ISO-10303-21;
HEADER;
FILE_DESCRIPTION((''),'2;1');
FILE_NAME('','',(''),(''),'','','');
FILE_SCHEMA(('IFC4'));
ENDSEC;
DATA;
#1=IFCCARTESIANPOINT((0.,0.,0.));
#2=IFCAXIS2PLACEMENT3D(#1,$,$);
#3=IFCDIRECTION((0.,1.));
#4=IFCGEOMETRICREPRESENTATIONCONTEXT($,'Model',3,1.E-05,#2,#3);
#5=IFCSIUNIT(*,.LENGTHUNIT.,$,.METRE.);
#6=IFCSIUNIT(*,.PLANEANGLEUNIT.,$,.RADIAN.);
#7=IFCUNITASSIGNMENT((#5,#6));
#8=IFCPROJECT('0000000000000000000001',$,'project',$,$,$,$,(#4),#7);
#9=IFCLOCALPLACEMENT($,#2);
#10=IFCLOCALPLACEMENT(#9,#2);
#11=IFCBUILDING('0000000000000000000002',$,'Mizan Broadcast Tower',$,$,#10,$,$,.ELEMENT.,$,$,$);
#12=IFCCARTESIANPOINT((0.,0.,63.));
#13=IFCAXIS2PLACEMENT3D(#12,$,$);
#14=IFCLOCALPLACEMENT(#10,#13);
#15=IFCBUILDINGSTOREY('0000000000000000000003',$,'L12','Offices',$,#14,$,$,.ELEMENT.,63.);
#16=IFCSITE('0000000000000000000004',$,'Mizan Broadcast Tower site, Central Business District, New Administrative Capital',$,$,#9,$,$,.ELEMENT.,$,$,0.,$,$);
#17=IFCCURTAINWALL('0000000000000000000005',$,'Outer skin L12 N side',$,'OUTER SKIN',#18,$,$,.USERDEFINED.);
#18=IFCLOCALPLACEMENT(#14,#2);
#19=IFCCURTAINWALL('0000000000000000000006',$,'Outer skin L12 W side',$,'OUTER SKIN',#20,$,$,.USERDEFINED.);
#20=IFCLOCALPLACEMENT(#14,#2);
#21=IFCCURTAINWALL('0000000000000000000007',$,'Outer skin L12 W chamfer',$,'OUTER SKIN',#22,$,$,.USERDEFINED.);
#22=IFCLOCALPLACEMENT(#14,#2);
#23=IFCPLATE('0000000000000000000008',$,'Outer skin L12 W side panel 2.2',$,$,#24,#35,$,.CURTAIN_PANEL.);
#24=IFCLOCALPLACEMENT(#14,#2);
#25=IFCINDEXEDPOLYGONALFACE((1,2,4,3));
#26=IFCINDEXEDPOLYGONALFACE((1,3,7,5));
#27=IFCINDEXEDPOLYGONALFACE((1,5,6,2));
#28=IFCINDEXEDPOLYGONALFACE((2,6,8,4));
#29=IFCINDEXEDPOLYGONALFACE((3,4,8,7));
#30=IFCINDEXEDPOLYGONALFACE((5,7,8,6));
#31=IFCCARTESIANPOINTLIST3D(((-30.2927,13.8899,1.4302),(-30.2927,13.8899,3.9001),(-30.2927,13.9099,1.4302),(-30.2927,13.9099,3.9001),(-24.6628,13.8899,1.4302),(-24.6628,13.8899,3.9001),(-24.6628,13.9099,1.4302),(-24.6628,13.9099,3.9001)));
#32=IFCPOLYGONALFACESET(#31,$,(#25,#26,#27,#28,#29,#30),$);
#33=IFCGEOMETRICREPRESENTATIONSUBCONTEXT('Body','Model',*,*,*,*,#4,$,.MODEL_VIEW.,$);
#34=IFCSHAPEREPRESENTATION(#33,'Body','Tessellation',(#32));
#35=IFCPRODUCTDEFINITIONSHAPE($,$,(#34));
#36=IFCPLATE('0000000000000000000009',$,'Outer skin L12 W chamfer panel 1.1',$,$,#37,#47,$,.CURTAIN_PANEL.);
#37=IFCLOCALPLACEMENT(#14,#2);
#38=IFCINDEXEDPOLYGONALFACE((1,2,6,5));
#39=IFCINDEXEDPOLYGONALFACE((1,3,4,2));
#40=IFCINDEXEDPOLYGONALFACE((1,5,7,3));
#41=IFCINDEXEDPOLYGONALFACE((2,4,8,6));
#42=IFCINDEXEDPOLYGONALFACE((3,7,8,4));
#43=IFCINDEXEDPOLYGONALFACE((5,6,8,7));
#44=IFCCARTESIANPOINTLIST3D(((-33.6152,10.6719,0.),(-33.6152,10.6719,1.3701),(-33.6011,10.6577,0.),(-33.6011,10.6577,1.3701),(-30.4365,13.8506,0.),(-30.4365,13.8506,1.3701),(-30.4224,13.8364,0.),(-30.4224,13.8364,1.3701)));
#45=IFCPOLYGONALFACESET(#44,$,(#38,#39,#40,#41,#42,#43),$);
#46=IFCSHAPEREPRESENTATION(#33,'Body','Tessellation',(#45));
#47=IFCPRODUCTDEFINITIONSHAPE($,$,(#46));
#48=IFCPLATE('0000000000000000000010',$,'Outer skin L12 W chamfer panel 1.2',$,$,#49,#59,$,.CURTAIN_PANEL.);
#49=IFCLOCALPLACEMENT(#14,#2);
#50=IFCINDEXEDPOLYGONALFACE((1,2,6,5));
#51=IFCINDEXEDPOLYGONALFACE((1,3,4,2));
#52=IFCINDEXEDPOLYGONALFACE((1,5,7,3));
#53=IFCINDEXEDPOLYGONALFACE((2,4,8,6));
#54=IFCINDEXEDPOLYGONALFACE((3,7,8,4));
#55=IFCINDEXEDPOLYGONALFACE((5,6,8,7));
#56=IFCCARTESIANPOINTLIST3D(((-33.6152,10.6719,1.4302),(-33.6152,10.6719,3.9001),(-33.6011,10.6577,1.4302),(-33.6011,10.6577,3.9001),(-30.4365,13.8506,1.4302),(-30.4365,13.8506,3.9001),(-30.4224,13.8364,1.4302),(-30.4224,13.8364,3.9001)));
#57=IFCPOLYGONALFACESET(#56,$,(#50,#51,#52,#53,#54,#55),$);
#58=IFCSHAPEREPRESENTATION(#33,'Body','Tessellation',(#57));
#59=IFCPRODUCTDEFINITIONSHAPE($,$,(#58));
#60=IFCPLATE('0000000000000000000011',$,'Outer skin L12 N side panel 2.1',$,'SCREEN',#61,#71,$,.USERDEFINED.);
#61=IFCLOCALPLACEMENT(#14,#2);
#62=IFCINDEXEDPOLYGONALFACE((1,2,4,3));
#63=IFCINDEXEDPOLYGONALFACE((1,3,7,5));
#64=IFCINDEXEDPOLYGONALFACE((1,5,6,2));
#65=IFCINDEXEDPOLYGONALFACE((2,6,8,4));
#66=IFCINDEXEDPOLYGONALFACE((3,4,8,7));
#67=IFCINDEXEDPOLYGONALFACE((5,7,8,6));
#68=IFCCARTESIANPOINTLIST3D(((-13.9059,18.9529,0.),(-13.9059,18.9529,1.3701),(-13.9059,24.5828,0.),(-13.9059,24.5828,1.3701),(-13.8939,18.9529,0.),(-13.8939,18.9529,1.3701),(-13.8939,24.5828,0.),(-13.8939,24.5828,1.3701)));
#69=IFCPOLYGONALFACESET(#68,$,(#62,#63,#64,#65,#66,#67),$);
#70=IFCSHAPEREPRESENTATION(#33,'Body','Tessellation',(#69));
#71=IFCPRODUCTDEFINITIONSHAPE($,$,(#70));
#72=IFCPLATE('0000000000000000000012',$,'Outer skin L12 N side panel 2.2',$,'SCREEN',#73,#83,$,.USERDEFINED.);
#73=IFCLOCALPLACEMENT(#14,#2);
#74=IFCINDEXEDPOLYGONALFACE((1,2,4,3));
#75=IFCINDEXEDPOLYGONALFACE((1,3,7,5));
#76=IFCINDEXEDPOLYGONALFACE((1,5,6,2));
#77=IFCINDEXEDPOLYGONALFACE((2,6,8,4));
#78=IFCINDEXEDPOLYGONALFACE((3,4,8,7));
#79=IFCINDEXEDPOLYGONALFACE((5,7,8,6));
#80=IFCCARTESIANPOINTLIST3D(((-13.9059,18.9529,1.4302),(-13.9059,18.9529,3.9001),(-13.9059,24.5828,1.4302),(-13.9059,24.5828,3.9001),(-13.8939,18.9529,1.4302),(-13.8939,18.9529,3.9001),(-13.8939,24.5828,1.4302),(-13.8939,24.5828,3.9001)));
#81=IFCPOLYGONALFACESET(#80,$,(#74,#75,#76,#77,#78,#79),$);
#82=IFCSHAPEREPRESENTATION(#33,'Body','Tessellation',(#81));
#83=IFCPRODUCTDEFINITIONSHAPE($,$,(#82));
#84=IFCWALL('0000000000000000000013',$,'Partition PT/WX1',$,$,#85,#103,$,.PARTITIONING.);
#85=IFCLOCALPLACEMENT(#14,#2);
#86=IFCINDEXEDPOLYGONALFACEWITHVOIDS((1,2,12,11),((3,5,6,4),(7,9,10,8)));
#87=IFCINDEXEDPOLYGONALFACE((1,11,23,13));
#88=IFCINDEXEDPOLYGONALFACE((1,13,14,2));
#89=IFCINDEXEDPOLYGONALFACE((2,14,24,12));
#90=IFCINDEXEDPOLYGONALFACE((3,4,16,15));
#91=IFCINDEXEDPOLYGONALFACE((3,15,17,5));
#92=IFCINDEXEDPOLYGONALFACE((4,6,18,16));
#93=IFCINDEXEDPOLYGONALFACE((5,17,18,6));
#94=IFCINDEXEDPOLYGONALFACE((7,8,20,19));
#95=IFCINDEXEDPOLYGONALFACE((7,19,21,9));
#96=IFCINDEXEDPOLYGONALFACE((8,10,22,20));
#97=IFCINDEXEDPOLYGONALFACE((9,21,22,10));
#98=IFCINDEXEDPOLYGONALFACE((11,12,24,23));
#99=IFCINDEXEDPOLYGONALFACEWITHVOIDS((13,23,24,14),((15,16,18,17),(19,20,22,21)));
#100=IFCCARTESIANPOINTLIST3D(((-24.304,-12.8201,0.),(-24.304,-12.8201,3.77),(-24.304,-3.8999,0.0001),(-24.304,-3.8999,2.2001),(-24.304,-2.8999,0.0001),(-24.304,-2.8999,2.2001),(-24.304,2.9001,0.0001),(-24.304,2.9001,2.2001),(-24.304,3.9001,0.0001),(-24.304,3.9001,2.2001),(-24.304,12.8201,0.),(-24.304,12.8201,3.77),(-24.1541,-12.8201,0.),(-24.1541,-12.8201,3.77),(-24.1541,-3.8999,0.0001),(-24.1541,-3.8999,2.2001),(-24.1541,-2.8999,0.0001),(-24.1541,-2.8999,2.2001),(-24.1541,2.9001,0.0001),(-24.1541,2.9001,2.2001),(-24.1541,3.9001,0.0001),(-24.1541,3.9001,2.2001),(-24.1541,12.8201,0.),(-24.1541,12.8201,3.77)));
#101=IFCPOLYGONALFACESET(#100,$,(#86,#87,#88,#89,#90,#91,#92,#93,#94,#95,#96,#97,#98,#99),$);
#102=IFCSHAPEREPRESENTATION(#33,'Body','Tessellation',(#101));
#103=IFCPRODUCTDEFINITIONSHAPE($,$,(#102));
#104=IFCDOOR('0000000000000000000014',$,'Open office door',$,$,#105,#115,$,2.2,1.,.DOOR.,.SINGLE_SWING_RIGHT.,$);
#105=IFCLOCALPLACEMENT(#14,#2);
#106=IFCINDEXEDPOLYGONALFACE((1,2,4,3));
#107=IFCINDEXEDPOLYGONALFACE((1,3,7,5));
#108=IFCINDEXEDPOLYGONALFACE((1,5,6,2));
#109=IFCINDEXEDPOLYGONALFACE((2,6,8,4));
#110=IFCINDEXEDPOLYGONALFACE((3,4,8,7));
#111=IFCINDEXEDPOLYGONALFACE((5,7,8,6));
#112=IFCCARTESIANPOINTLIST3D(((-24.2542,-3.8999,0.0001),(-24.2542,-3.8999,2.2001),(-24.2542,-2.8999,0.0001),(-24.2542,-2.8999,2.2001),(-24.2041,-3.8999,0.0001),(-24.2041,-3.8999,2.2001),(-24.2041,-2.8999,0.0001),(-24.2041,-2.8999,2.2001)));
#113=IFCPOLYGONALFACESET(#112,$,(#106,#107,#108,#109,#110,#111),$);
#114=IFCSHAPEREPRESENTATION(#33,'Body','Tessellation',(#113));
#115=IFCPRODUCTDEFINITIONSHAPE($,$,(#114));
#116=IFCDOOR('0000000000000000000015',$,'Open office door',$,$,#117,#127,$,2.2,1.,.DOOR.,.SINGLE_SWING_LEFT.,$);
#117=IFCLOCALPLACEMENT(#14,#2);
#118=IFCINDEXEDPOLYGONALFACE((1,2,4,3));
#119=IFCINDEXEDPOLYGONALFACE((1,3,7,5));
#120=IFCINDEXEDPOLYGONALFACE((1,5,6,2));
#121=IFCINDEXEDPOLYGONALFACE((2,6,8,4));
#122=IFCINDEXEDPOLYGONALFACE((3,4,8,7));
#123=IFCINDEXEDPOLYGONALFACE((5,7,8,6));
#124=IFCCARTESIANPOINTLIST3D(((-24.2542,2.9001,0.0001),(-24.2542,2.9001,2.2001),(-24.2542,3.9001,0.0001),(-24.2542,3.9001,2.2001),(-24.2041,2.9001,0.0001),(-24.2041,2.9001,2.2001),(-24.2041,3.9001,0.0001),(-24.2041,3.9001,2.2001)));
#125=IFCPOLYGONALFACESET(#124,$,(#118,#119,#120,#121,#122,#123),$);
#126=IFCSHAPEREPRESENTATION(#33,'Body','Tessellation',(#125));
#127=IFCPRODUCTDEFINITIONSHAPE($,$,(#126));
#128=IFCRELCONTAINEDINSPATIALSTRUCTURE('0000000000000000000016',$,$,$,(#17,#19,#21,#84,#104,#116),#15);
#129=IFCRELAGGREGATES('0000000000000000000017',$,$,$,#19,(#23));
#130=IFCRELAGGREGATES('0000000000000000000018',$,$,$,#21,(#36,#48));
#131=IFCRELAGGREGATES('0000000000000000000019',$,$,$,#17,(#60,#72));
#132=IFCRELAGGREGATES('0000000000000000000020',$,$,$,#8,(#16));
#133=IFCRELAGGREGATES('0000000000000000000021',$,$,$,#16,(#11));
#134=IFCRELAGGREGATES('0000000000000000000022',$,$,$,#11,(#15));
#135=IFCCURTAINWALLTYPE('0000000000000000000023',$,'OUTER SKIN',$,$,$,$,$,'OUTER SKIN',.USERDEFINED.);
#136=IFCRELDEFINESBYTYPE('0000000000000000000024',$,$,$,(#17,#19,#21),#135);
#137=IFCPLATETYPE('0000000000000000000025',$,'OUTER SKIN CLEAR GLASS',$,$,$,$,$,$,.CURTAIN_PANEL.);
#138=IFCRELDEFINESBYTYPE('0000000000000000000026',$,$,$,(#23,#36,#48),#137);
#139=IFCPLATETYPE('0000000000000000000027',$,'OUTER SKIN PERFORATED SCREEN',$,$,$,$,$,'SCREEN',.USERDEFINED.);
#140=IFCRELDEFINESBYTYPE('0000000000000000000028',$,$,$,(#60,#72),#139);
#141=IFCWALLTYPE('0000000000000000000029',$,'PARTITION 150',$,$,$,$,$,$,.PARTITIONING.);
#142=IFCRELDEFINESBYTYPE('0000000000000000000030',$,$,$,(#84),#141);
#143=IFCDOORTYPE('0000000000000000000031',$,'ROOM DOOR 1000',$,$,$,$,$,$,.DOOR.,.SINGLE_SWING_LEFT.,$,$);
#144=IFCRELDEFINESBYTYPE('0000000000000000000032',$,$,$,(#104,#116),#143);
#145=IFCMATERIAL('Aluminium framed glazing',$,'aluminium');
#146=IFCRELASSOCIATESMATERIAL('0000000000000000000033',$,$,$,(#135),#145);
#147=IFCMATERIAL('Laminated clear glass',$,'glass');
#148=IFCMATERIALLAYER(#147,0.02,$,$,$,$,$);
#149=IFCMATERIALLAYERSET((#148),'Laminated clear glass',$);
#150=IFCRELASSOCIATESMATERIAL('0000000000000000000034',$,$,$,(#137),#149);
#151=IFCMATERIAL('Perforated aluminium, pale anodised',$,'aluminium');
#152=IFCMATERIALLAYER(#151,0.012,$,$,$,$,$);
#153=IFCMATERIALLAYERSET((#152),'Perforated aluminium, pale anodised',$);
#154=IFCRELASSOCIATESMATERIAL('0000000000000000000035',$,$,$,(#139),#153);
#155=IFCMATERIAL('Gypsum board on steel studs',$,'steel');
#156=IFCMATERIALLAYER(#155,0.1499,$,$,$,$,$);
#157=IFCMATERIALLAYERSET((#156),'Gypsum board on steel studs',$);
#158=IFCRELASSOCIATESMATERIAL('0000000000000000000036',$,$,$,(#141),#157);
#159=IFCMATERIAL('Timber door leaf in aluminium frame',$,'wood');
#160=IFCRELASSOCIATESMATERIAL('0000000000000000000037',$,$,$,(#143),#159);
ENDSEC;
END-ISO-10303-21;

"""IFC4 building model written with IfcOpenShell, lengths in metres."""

from ifc_helpers import new_model, si_unit, direction, frame, frame_2d, origin, origin_2d, place, context, subcontext, project, spatial, rectangle, extrude, material, layer, layer_set, type_object, element, fill, aggregate, save


model = new_model("IFC4")

# Units and contexts
model_context = context("Model", 3, precision=1e-05, world=origin(), true_north=direction((0.0, 1.0)))
body_context = subcontext(model_context, "Body", "Model", "MODEL_VIEW")
ifc_project = project(units=[si_unit("LENGTHUNIT", "METRE"), si_unit("PLANEANGLEUNIT", "RADIAN")], contexts=[model_context])

# Site, building, storey
site_placement = place(None, origin())
site = spatial("IfcSite", under=ifc_project, at=site_placement, Name="Mizan Broadcast Tower site, Central Business District, New Administrative Capital", CompositionType="ELEMENT", RefElevation=0.0)
building_placement = place(site_placement, origin())
building = spatial("IfcBuilding", under=site, at=building_placement, Name="Mizan Broadcast Tower", CompositionType="ELEMENT")
storey_placement = place(building_placement, frame((0.0, 0.0, 63.0)))
storey = spatial("IfcBuildingStorey", under=building, at=storey_placement, Name="L12", Description="Offices", CompositionType="ELEMENT", Elevation=63.0)

# Shared definitions
ifc_material_1 = material(Name="Aluminium framed glazing", Category="aluminium")
curtain_wall_type_1 = type_object("IfcCurtainWallType", Name="OUTER SKIN", ElementType="OUTER SKIN", PredefinedType="USERDEFINED", material=ifc_material_1)

# Curtain wall
curtain_wall_1_placement = place(storey_placement, origin())
curtain_wall_1 = element("IfcCurtainWall", 1, at=curtain_wall_1_placement, inside=storey, type_object=curtain_wall_type_1, Name="Outer skin L12 N side", ObjectType="OUTER SKIN", PredefinedType="USERDEFINED")

# Curtain wall
curtain_wall_2_placement = place(storey_placement, origin())
curtain_wall_2 = element("IfcCurtainWall", 2, at=curtain_wall_2_placement, inside=storey, type_object=curtain_wall_type_1, Name="Outer skin L12 W side", ObjectType="OUTER SKIN", PredefinedType="USERDEFINED")

# Curtain wall
curtain_wall_3_placement = place(storey_placement, origin())
curtain_wall_3 = element("IfcCurtainWall", 3, at=curtain_wall_3_placement, inside=storey, type_object=curtain_wall_type_1, Name="Outer skin L12 W chamfer", ObjectType="OUTER SKIN", PredefinedType="USERDEFINED")

# Plates
ifc_material_2 = material(Name="Laminated clear glass", Category="glass")
ifc_layer_1 = layer(ifc_material_2, 0.02)
ifc_layer_set_1 = layer_set([ifc_layer_1], Name="Laminated clear glass")
plate_type_1 = type_object("IfcPlateType", Name="OUTER SKIN CLEAR GLASS", PredefinedType="CURTAIN_PANEL", material=ifc_layer_set_1)
plate_1_placement = place(storey_placement, frame((-27.4778, 13.8999, 1.4302), z_axis=(0.0, 0.0, 1.0), x_axis=(-1.0, 0.0, 0.0)))
plate_1 = element("IfcPlate", 4, at=plate_1_placement, type_object=plate_type_1, Name="Outer skin L12 W side panel 2.2", PredefinedType="CURTAIN_PANEL", context=body_context, shape_type="SweptSolid", body=[
    extrude(rectangle(XDim=5.6299, YDim=0.02, at=origin_2d()), origin(), (0.0, 0.0, 1.0), 2.47),
])
aggregate(curtain_wall_2, [plate_1])
plate_2_placement = place(storey_placement, frame((-32.0188, 12.2542, 0.0), z_axis=(0.0, 0.0, 1.0), x_axis=(-0.707107, -0.707107, 0.0)))
plate_2 = element("IfcPlate", 5, at=plate_2_placement, type_object=plate_type_1, Name="Outer skin L12 W chamfer panel 1.1", PredefinedType="CURTAIN_PANEL", context=body_context, shape_type="SweptSolid", body=[
    extrude(rectangle(XDim=4.4954, YDim=0.02, at=origin_2d()), origin(), (0.0, 0.0, 1.0), 1.3701),
])
plate_3_placement = place(storey_placement, frame((-32.0188, 12.2542, 1.4302), z_axis=(0.0, 0.0, 1.0), x_axis=(-0.707107, -0.707107, 0.0)))
plate_3 = element("IfcPlate", 6, at=plate_3_placement, type_object=plate_type_1, Name="Outer skin L12 W chamfer panel 1.2", PredefinedType="CURTAIN_PANEL", context=body_context, shape_type="SweptSolid", body=[
    extrude(rectangle(XDim=4.4954, YDim=0.02, at=origin_2d()), origin(), (0.0, 0.0, 1.0), 2.47),
])
aggregate(curtain_wall_3, [plate_2, plate_3])
ifc_material_3 = material(Name="Perforated aluminium, pale anodised", Category="aluminium")
ifc_layer_2 = layer(ifc_material_3, 0.012)
ifc_layer_set_2 = layer_set([ifc_layer_2], Name="Perforated aluminium, pale anodised")
plate_type_2 = type_object("IfcPlateType", Name="OUTER SKIN PERFORATED SCREEN", ElementType="SCREEN", PredefinedType="USERDEFINED", material=ifc_layer_set_2)
plate_4_placement = place(storey_placement, frame((-13.8999, 21.7678, 0.0), z_axis=(0.0, 0.0, 1.0), x_axis=(0.0, -1.0, 0.0)))
plate_4 = element("IfcPlate", 7, at=plate_4_placement, type_object=plate_type_2, Name="Outer skin L12 N side panel 2.1", ObjectType="SCREEN", PredefinedType="USERDEFINED", context=body_context, shape_type="SweptSolid", body=[
    extrude(rectangle(XDim=5.6299, YDim=0.012, at=origin_2d()), origin(), (0.0, 0.0, 1.0), 1.3701),
])
plate_5_placement = place(storey_placement, frame((-13.8999, 21.7678, 1.4302), z_axis=(0.0, 0.0, 1.0), x_axis=(0.0, -1.0, 0.0)))
plate_5 = element("IfcPlate", 8, at=plate_5_placement, type_object=plate_type_2, Name="Outer skin L12 N side panel 2.2", ObjectType="SCREEN", PredefinedType="USERDEFINED", context=body_context, shape_type="SweptSolid", body=[
    extrude(rectangle(XDim=5.6299, YDim=0.012, at=origin_2d()), origin(), (0.0, 0.0, 1.0), 2.47),
])
aggregate(curtain_wall_1, [plate_4, plate_5])

# Wall, openings, doors
ifc_material_4 = material(Name="Gypsum board on steel studs", Category="steel")
ifc_layer_3 = layer(ifc_material_4, 0.1499)
ifc_layer_set_3 = layer_set([ifc_layer_3], Name="Gypsum board on steel studs")
wall_type = type_object("IfcWallType", Name="PARTITION 150", PredefinedType="PARTITIONING", material=ifc_layer_set_3)
wall_placement = place(storey_placement, frame((-24.229, 12.8201, 0.0), z_axis=(0.0, 0.0, 1.0), x_axis=(0.0, -1.0, 0.0)))
wall = element("IfcWall", 9, at=wall_placement, inside=storey, type_object=wall_type, Name="Partition PT/WX1", PredefinedType="PARTITIONING", context=body_context, shape_type="SweptSolid", body=[
    extrude(rectangle(XDim=25.6401, YDim=0.1499, at=frame_2d((12.8201, 0.0))), origin(), (0.0, 0.0, 1.0), 3.77),
])
opening_1_placement = place(wall_placement, frame((15.72, 0.0, 0.0)))
opening_1 = element("IfcOpeningElement", 10, at=opening_1_placement, cuts=wall, PredefinedType="OPENING", context=body_context, shape_type="SweptSolid", body=[
    extrude(rectangle(XDim=1.0, YDim=2.2, at=frame_2d((0.5, 1.1001))), frame((0.0, 0.085, 0.0), z_axis=(0.0, -1.0, 0.0), x_axis=(1.0, 0.0, 0.0)), (0.0, 0.0, 1.0), 0.1699),
])
opening_2_placement = place(wall_placement, frame((8.9199, 0.0, 0.0)))
opening_2 = element("IfcOpeningElement", 11, at=opening_2_placement, cuts=wall, PredefinedType="OPENING", context=body_context, shape_type="SweptSolid", body=[
    extrude(rectangle(XDim=1.0, YDim=2.2, at=frame_2d((0.5, 1.1001))), frame((0.0, 0.085, 0.0), z_axis=(0.0, -1.0, 0.0), x_axis=(1.0, 0.0, 0.0)), (0.0, 0.0, 1.0), 0.1699),
])
ifc_material_5 = material(Name="Timber door leaf in aluminium frame", Category="wood")
door_type = type_object("IfcDoorType", Name="ROOM DOOR 1000", OperationType="SINGLE_SWING_LEFT", PredefinedType="DOOR", material=ifc_material_5)
door_1_placement = place(opening_1_placement, origin())
door_1 = element("IfcDoor", 12, at=door_1_placement, inside=storey, type_object=door_type, Name="Open office door", OperationType="SINGLE_SWING_RIGHT", OverallHeight=2.2, OverallWidth=1.0, PredefinedType="DOOR", context=body_context, shape_type="SweptSolid", body=[
    extrude(rectangle(XDim=1.0, YDim=2.2, at=frame_2d((0.5, 1.1001))), frame((0.0, 0.0249, 0.0), z_axis=(0.0, -1.0, 0.0), x_axis=(1.0, 0.0, 0.0)), (0.0, 0.0, 1.0), 0.05),
])
fill(opening_1, door_1)
door_2_placement = place(opening_2_placement, origin())
door_2 = element("IfcDoor", 13, at=door_2_placement, inside=storey, type_object=door_type, Name="Open office door", OperationType="SINGLE_SWING_LEFT", OverallHeight=2.2, OverallWidth=1.0, PredefinedType="DOOR", context=body_context, shape_type="SweptSolid", body=[
    extrude(rectangle(XDim=1.0, YDim=2.2, at=frame_2d((0.5, 1.1001))), frame((0.0, 0.0249, 0.0), z_axis=(0.0, -1.0, 0.0), x_axis=(1.0, 0.0, 0.0)), (0.0, 0.0, 1.0), 0.05),
])
fill(opening_2, door_2)

save(model, "model.ifc")
